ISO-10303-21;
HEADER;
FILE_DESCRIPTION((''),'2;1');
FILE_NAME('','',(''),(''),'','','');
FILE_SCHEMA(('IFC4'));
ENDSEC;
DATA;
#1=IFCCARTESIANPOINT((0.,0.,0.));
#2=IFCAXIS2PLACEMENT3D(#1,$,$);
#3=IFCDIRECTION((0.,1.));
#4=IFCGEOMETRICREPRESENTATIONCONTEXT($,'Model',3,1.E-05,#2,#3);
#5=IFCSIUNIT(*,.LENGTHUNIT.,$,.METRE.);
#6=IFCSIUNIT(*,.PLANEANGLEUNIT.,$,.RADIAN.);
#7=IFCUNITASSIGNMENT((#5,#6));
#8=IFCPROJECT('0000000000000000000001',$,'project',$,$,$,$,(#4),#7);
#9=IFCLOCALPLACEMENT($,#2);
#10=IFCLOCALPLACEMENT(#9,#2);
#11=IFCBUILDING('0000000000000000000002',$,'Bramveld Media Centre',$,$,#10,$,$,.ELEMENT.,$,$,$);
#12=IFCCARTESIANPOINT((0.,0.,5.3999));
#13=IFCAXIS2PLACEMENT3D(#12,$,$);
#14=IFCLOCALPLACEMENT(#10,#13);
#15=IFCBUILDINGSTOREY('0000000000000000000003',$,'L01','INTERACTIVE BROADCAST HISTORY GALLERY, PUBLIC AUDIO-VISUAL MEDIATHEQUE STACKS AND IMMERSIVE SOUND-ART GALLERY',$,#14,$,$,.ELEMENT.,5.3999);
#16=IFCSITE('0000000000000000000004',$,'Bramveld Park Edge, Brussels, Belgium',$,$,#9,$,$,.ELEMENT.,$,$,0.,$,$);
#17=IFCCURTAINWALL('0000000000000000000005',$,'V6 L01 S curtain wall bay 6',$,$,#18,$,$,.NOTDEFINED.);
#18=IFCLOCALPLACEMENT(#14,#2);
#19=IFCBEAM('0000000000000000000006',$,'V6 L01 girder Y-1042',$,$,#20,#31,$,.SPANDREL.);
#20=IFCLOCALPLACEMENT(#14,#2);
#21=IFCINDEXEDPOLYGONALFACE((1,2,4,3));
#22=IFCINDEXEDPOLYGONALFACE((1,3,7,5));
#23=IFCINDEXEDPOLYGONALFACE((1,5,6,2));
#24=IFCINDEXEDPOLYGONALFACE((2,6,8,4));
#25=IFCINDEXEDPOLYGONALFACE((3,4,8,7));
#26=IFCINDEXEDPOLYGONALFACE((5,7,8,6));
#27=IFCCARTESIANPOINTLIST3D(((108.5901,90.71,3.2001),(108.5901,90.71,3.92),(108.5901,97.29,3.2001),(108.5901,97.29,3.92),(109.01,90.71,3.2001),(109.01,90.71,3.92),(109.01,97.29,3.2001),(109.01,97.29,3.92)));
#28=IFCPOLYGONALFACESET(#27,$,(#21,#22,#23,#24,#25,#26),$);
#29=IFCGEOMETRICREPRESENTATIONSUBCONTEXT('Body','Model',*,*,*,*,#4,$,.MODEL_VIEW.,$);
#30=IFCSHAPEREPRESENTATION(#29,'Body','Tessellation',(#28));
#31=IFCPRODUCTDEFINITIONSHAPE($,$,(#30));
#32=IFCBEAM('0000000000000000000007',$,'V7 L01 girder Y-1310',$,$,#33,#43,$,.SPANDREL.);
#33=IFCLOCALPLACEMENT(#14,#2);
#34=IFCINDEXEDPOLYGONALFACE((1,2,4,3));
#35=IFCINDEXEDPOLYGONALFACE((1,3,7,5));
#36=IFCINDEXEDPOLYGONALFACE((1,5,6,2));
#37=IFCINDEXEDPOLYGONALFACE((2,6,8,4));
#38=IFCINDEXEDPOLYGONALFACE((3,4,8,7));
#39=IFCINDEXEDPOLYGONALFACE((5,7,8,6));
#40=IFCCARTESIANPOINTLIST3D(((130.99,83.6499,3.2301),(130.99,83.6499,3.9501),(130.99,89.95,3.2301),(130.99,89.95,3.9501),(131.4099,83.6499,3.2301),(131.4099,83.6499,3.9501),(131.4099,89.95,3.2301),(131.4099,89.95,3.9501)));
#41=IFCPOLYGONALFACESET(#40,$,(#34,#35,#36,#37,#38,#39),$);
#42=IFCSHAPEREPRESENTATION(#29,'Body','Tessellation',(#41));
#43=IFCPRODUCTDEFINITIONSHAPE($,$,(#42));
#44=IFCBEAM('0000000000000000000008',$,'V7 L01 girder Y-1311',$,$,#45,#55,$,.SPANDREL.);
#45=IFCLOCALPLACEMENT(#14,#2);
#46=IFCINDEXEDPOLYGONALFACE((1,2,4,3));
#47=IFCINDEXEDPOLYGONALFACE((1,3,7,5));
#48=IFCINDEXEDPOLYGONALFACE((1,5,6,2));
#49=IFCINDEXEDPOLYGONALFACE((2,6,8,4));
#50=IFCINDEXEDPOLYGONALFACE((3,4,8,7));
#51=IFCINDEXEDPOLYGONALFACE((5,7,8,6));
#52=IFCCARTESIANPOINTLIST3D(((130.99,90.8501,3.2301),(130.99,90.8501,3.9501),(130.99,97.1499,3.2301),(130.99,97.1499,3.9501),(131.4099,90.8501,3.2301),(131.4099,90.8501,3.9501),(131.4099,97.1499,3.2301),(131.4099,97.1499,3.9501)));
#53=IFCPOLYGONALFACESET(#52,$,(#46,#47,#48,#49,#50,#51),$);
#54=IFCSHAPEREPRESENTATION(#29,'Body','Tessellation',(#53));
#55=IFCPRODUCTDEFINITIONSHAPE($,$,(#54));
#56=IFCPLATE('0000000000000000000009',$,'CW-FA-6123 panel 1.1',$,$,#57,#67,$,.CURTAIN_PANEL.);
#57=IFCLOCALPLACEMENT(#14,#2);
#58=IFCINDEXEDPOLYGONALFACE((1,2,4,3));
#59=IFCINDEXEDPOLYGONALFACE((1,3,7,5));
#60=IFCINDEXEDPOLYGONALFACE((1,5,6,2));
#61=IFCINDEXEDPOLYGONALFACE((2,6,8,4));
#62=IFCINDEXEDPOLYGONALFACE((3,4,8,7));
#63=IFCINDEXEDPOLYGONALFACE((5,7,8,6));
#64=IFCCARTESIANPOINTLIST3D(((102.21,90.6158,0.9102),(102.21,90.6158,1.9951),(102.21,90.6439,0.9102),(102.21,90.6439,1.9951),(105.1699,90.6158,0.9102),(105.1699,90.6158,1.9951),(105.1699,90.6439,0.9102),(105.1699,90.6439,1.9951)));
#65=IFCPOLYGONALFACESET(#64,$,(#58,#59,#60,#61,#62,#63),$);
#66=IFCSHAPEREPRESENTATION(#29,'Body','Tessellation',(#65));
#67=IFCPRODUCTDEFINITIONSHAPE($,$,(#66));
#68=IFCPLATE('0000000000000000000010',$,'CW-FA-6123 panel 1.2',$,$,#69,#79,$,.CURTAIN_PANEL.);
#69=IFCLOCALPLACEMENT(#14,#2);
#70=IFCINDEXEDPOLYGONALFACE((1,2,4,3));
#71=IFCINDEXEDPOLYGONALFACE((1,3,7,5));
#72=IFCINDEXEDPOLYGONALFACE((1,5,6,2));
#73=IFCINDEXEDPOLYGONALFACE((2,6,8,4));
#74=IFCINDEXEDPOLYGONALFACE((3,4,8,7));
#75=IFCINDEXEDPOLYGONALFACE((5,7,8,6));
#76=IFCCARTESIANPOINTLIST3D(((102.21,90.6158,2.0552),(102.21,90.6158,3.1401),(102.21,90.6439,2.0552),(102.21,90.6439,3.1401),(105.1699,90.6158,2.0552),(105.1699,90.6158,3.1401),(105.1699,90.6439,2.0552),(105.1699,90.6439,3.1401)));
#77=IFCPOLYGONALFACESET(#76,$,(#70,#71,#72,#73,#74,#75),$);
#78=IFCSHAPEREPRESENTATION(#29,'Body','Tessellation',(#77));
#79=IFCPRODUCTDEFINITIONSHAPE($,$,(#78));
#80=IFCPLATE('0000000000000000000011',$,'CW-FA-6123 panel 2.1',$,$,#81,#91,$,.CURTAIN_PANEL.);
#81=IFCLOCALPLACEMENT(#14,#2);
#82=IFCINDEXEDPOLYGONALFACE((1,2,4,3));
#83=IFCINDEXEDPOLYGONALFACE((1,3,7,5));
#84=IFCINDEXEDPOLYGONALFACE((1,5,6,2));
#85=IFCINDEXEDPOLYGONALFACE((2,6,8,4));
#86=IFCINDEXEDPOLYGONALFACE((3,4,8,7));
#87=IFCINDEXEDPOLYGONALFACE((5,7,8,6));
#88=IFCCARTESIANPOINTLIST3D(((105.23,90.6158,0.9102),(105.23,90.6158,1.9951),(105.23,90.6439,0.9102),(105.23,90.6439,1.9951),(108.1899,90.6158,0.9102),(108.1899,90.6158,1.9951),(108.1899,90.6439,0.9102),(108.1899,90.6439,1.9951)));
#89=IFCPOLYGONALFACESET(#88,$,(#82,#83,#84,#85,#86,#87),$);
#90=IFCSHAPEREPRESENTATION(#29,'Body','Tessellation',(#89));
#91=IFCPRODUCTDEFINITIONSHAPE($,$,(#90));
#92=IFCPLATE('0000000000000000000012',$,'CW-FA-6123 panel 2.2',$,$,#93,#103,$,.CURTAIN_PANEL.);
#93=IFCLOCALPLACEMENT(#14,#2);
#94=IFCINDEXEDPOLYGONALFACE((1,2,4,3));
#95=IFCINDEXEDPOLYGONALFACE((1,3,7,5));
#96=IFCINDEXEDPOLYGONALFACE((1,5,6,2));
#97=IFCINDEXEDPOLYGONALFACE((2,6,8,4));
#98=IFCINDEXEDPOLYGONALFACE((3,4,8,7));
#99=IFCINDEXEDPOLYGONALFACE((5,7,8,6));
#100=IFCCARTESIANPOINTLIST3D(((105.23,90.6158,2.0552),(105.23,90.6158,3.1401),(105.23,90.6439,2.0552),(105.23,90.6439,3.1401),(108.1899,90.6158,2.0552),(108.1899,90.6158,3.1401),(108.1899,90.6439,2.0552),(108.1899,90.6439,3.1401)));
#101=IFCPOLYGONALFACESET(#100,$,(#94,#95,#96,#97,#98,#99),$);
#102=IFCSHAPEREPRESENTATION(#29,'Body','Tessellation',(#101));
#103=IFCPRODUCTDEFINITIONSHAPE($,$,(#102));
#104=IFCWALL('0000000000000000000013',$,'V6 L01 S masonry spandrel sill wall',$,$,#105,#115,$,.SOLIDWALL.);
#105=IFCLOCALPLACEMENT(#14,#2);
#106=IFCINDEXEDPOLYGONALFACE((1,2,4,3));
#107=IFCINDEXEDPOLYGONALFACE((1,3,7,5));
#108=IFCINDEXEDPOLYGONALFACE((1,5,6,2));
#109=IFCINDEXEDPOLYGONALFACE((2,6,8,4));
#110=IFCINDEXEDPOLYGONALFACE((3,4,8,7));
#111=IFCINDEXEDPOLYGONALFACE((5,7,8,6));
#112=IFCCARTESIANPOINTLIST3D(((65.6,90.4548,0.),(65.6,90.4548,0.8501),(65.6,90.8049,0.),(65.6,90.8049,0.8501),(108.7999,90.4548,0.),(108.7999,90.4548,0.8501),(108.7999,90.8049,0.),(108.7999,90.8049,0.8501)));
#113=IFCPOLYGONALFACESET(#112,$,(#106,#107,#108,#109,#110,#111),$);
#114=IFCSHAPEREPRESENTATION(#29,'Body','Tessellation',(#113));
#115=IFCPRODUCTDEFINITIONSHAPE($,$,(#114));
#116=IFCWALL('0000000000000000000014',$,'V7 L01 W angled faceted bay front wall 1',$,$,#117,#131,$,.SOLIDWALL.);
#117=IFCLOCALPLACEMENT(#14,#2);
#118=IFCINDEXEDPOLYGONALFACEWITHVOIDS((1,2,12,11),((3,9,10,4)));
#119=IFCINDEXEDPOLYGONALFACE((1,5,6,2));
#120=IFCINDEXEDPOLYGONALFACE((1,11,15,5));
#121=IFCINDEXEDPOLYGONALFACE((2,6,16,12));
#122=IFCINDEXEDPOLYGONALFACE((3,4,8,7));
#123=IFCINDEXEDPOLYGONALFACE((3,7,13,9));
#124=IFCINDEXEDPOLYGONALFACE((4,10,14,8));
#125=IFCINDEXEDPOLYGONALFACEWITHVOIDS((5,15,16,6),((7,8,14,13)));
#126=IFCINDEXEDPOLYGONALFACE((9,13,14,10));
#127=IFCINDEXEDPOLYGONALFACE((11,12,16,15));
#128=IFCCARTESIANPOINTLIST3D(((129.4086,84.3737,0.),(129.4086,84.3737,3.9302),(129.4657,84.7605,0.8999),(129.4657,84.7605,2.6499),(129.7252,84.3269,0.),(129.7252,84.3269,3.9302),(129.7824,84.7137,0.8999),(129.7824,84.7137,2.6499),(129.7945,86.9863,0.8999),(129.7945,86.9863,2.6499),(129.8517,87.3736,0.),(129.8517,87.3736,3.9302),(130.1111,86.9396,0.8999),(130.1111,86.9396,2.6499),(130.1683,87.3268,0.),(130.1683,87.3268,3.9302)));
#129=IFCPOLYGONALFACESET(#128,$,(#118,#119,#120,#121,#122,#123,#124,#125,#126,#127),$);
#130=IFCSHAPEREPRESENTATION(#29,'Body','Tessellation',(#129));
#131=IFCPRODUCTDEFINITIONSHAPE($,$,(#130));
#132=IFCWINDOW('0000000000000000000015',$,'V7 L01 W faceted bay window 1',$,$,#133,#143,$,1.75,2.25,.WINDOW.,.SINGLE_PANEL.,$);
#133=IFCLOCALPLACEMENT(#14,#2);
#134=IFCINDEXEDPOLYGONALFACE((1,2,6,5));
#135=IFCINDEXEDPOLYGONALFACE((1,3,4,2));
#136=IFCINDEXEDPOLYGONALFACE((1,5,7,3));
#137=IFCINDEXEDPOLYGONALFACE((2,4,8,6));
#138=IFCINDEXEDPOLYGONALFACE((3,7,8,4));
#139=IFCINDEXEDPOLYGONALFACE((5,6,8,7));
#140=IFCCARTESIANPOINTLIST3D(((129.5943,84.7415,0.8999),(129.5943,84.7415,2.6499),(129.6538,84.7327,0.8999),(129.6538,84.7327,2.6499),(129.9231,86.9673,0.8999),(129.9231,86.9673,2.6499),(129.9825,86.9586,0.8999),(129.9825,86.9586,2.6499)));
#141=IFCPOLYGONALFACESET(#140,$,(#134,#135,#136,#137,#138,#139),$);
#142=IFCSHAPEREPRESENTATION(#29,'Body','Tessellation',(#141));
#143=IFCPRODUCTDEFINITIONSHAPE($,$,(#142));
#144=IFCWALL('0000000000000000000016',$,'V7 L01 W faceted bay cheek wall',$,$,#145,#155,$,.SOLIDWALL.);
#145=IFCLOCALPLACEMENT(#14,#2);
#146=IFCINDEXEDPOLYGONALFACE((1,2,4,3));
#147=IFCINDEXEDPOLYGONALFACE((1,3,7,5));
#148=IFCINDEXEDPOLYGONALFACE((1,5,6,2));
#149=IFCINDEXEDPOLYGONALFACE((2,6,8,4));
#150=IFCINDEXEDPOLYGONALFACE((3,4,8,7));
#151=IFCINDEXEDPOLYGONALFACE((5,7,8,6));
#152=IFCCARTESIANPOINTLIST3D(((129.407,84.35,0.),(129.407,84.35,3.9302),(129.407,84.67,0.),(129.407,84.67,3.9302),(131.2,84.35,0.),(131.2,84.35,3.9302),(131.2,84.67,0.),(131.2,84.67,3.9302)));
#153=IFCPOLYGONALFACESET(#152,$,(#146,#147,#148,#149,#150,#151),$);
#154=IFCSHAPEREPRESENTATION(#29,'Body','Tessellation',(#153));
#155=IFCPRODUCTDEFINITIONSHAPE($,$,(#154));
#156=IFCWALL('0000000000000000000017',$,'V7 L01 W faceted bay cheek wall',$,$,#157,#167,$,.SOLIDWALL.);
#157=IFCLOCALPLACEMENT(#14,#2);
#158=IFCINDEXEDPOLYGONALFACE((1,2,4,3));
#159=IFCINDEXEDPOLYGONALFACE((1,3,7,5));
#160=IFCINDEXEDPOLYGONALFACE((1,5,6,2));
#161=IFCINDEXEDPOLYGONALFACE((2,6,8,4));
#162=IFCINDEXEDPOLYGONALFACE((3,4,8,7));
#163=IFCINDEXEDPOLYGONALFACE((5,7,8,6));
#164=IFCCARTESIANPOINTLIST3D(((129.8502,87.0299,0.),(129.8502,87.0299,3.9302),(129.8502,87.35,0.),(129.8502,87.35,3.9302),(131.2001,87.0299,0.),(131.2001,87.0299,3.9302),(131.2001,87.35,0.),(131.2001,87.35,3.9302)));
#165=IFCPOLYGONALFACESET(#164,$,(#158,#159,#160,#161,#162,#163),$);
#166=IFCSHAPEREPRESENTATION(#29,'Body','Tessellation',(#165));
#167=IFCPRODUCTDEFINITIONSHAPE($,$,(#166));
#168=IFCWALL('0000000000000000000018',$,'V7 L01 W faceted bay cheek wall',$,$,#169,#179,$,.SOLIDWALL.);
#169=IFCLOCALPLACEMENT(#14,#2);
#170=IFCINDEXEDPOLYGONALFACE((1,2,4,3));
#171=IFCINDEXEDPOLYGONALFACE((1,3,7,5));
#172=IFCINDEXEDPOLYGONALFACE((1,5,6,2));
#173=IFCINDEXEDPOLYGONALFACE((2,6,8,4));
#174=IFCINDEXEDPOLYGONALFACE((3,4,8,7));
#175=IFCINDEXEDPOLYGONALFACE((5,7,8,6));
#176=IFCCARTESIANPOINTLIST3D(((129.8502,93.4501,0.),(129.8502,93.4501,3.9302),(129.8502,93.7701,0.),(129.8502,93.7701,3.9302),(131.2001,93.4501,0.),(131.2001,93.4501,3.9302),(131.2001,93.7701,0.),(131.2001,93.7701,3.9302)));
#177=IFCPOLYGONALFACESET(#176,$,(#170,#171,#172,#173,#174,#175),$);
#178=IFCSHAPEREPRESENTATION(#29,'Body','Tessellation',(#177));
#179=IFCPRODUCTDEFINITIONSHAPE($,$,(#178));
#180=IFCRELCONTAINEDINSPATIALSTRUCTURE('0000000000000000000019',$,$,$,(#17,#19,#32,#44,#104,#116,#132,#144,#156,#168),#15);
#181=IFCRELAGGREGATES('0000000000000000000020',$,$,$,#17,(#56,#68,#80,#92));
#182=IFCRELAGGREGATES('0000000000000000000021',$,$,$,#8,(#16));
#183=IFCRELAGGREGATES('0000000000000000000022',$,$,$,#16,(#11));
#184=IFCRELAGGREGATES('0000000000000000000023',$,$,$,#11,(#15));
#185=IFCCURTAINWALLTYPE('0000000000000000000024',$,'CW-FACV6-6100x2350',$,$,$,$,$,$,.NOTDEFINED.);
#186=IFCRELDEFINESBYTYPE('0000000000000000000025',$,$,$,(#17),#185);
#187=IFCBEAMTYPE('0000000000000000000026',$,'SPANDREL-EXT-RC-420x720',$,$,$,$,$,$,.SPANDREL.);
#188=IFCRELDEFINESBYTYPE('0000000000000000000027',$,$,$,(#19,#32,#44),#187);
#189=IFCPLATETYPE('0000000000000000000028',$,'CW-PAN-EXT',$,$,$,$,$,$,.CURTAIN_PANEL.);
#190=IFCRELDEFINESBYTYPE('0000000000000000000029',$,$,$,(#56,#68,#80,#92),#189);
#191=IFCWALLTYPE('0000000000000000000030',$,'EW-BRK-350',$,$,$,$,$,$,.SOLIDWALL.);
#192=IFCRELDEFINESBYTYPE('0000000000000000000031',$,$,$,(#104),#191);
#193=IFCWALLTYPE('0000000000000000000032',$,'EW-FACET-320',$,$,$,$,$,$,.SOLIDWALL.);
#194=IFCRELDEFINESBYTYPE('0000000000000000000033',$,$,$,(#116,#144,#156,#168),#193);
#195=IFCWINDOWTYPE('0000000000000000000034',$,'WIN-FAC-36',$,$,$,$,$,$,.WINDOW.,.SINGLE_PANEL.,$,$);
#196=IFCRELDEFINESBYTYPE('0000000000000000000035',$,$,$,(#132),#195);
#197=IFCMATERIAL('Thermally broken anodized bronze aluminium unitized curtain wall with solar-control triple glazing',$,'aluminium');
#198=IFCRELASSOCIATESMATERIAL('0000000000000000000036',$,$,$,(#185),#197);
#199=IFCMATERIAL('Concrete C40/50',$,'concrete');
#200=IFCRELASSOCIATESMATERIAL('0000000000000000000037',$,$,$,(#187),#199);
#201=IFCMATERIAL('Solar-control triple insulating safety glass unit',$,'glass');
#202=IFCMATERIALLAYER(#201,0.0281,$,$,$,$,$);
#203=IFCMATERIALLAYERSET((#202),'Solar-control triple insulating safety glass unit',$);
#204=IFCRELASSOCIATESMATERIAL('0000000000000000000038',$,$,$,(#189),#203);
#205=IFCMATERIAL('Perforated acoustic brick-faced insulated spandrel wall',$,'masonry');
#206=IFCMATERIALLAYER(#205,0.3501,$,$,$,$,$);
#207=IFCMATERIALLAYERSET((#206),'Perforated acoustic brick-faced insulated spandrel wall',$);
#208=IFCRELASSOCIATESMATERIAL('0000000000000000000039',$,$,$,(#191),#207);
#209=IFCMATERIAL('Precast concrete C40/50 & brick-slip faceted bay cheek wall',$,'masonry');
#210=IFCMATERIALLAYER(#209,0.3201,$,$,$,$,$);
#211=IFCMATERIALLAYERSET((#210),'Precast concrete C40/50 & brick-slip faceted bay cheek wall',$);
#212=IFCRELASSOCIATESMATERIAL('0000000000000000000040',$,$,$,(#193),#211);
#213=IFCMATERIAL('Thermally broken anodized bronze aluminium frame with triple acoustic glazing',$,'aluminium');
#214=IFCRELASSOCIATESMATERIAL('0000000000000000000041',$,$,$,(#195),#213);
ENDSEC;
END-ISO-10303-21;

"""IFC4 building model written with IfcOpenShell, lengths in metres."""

from ifc_helpers import new_model, si_unit, direction, frame, frame_2d, origin, origin_2d, place, context, subcontext, project, spatial, rectangle, extrude, material, layer, layer_set, material_profile, profile_set, type_object, element, fill, aggregate, save


model = new_model("IFC4")

# Units and contexts
model_context = context("Model", 3, precision=1e-05, world=origin(), true_north=direction((0.0, 1.0)))
body_context = subcontext(model_context, "Body", "Model", "MODEL_VIEW")
ifc_project = project(units=[si_unit("LENGTHUNIT", "METRE"), si_unit("PLANEANGLEUNIT", "RADIAN")], contexts=[model_context])

# Site, building, storey
site_placement = place(None, origin())
site = spatial("IfcSite", under=ifc_project, at=site_placement, Name="Bramveld Park Edge, Brussels, Belgium", CompositionType="ELEMENT", RefElevation=0.0)
building_placement = place(site_placement, origin())
building = spatial("IfcBuilding", under=site, at=building_placement, Name="Bramveld Media Centre", CompositionType="ELEMENT")
storey_placement = place(building_placement, frame((0.0, 0.0, 5.3999)))
storey = spatial("IfcBuildingStorey", under=building, at=storey_placement, Name="L01", Description="INTERACTIVE BROADCAST HISTORY GALLERY, PUBLIC AUDIO-VISUAL MEDIATHEQUE STACKS AND IMMERSIVE SOUND-ART GALLERY", CompositionType="ELEMENT", Elevation=5.3999)

# Curtain wall
ifc_material_1 = material(Name="Thermally broken anodized bronze aluminium unitized curtain wall with solar-control triple glazing", Category="aluminium")
curtain_wall_type = type_object("IfcCurtainWallType", Name="CW-FACV6-6100x2350", PredefinedType="NOTDEFINED", material=ifc_material_1)
curtain_wall_placement = place(storey_placement, origin())
curtain_wall = element("IfcCurtainWall", 1, at=curtain_wall_placement, inside=storey, type_object=curtain_wall_type, Name="V6 L01 S curtain wall bay 6", PredefinedType="NOTDEFINED")

# Beams
ifc_material_2 = material(Name="Concrete C40/50", Category="concrete")
ifc_material_profile_1 = material_profile(ifc_material_2, rectangle(XDim=0.4199, YDim=0.72, at=origin_2d()), Name="RC 420x720")
ifc_profile_set_1 = profile_set([ifc_material_profile_1], Name="Concrete C40/50")
beam_type_1 = type_object("IfcBeamType", Name="SPANDREL-EXT-RC-420x720", PredefinedType="SPANDREL", material=ifc_profile_set_1)
beam_1_placement = place(storey_placement, frame((108.8, 90.71, 3.5601), z_axis=(0.0, 1.0, 0.0), x_axis=(-1.0, 0.0, 0.0)))
element("IfcBeam", 2, at=beam_1_placement, inside=storey, type_object=beam_type_1, Name="V6 L01 girder Y-1042", PredefinedType="SPANDREL", context=body_context, shape_type="SweptSolid", body=[
    extrude(rectangle(XDim=0.4199, YDim=0.72, at=origin_2d()), origin(), (0.0, 0.0, 1.0), 6.5801),
])
beam_2_placement = place(storey_placement, frame((131.2, 83.6499, 3.5901), z_axis=(0.0, 1.0, 0.0), x_axis=(-1.0, 0.0, 0.0)))
element("IfcBeam", 3, at=beam_2_placement, inside=storey, type_object=beam_type_1, Name="V7 L01 girder Y-1310", PredefinedType="SPANDREL", context=body_context, shape_type="SweptSolid", body=[
    extrude(rectangle(XDim=0.4199, YDim=0.72, at=origin_2d()), origin(), (0.0, 0.0, 1.0), 6.3),
])
beam_3_placement = place(storey_placement, frame((131.2, 90.8501, 3.5901), z_axis=(0.0, 1.0, 0.0), x_axis=(-1.0, 0.0, 0.0)))
element("IfcBeam", 4, at=beam_3_placement, inside=storey, type_object=beam_type_1, Name="V7 L01 girder Y-1311", PredefinedType="SPANDREL", context=body_context, shape_type="SweptSolid", body=[
    extrude(rectangle(XDim=0.4199, YDim=0.72, at=origin_2d()), origin(), (0.0, 0.0, 1.0), 6.2998),
])

# Plates
ifc_material_3 = material(Name="Solar-control triple insulating safety glass unit", Category="glass")
ifc_layer_1 = layer(ifc_material_3, 0.0281)
ifc_layer_set_1 = layer_set([ifc_layer_1], Name="Solar-control triple insulating safety glass unit")
plate_type = type_object("IfcPlateType", Name="CW-PAN-EXT", PredefinedType="CURTAIN_PANEL", material=ifc_layer_set_1)
plate_1_placement = place(storey_placement, frame((103.6899, 90.6299, 0.9102), z_axis=(0.0, 0.0, 1.0), x_axis=(1.0, 0.0, 0.0)))
plate_1 = element("IfcPlate", 5, at=plate_1_placement, type_object=plate_type, Name="CW-FA-6123 panel 1.1", PredefinedType="CURTAIN_PANEL", context=body_context, shape_type="SweptSolid", body=[
    extrude(rectangle(XDim=2.96, YDim=0.0281, at=origin_2d()), origin(), (0.0, 0.0, 1.0), 1.085),
])
plate_2_placement = place(storey_placement, frame((103.6899, 90.6299, 2.0552), z_axis=(0.0, 0.0, 1.0), x_axis=(1.0, 0.0, 0.0)))
plate_2 = element("IfcPlate", 6, at=plate_2_placement, type_object=plate_type, Name="CW-FA-6123 panel 1.2", PredefinedType="CURTAIN_PANEL", context=body_context, shape_type="SweptSolid", body=[
    extrude(rectangle(XDim=2.96, YDim=0.0281, at=origin_2d()), origin(), (0.0, 0.0, 1.0), 1.085),
])
plate_3_placement = place(storey_placement, frame((106.71, 90.6299, 0.9102), z_axis=(0.0, 0.0, 1.0), x_axis=(1.0, 0.0, 0.0)))
plate_3 = element("IfcPlate", 7, at=plate_3_placement, type_object=plate_type, Name="CW-FA-6123 panel 2.1", PredefinedType="CURTAIN_PANEL", context=body_context, shape_type="SweptSolid", body=[
    extrude(rectangle(XDim=2.96, YDim=0.0281, at=origin_2d()), origin(), (0.0, 0.0, 1.0), 1.085),
])
plate_4_placement = place(storey_placement, frame((106.71, 90.6299, 2.0552), z_axis=(0.0, 0.0, 1.0), x_axis=(1.0, 0.0, 0.0)))
plate_4 = element("IfcPlate", 8, at=plate_4_placement, type_object=plate_type, Name="CW-FA-6123 panel 2.2", PredefinedType="CURTAIN_PANEL", context=body_context, shape_type="SweptSolid", body=[
    extrude(rectangle(XDim=2.96, YDim=0.0281, at=origin_2d()), origin(), (0.0, 0.0, 1.0), 1.085),
])
aggregate(curtain_wall, [plate_1, plate_2, plate_3, plate_4])

# Wall
ifc_material_4 = material(Name="Perforated acoustic brick-faced insulated spandrel wall", Category="masonry")
ifc_layer_2 = layer(ifc_material_4, 0.3501)
ifc_layer_set_2 = layer_set([ifc_layer_2], Name="Perforated acoustic brick-faced insulated spandrel wall")
wall_type_1 = type_object("IfcWallType", Name="EW-BRK-350", PredefinedType="SOLIDWALL", material=ifc_layer_set_2)
wall_1_placement = place(storey_placement, frame((108.8, 90.6299, 0.0), z_axis=(0.0, 0.0, 1.0), x_axis=(-1.0, 0.0, 0.0)))
element("IfcWall", 9, at=wall_1_placement, inside=storey, type_object=wall_type_1, Name="V6 L01 S masonry spandrel sill wall", PredefinedType="SOLIDWALL", context=body_context, shape_type="SweptSolid", body=[
    extrude(rectangle(XDim=43.2, YDim=0.3501, at=frame_2d((21.6001, 0.0))), origin(), (0.0, 0.0, 1.0), 0.8501),
])

# Wall, opening, window
ifc_material_5 = material(Name="Precast concrete C40/50 & brick-slip faceted bay cheek wall", Category="masonry")
ifc_layer_3 = layer(ifc_material_5, 0.3201)
ifc_layer_set_3 = layer_set([ifc_layer_3], Name="Precast concrete C40/50 & brick-slip faceted bay cheek wall")
wall_type_2 = type_object("IfcWallType", Name="EW-FACET-320", PredefinedType="SOLIDWALL", material=ifc_layer_set_3)
wall_2_placement = place(storey_placement, frame((130.01, 87.3501, 0.0), z_axis=(0.0, 0.0, 1.0), x_axis=(-0.14612, -0.989267, 0.0)))
wall_2 = element("IfcWall", 10, at=wall_2_placement, inside=storey, type_object=wall_type_2, Name="V7 L01 W angled faceted bay front wall 1", PredefinedType="SOLIDWALL", context=body_context, shape_type="SweptSolid", body=[
    extrude(rectangle(XDim=3.0325, YDim=0.3201, at=frame_2d((1.5161, 0.0))), origin(), (0.0, 0.0, 1.0), 3.9302),
])
opening_placement = place(wall_2_placement, frame((0.3914, 0.0, 0.8999)))
opening = element("IfcOpeningElement", 11, at=opening_placement, cuts=wall_2, PredefinedType="OPENING", context=body_context, shape_type="SweptSolid", body=[
    extrude(rectangle(XDim=2.25, YDim=1.75, at=frame_2d((1.125, 0.875))), frame((0.0, 0.1719, 0.0), z_axis=(0.0, -1.0, 0.0), x_axis=(1.0, 0.0, 0.0)), (0.0, 0.0, 1.0), 0.344),
])
ifc_material_6 = material(Name="Thermally broken anodized bronze aluminium frame with triple acoustic glazing", Category="aluminium")
window_type = type_object("IfcWindowType", Name="WIN-FAC-36", PartitioningType="SINGLE_PANEL", PredefinedType="WINDOW", material=ifc_material_6)
window_placement = place(opening_placement, origin())
window = element("IfcWindow", 12, at=window_placement, inside=storey, type_object=window_type, Name="V7 L01 W faceted bay window 1", OverallHeight=1.75, OverallWidth=2.25, PartitioningType="SINGLE_PANEL", PredefinedType="WINDOW", context=body_context, shape_type="SweptSolid", body=[
    extrude(rectangle(XDim=2.25, YDim=1.75, at=frame_2d((1.125, 0.875))), frame((0.0, 0.03, 0.0), z_axis=(0.0, -1.0, 0.0), x_axis=(1.0, 0.0, 0.0)), (0.0, 0.0, 1.0), 0.0601),
])
fill(opening, window)

# Walls
wall_3_placement = place(storey_placement, frame((131.2, 84.51, 0.0), z_axis=(0.0, 0.0, 1.0), x_axis=(-1.0, 0.0, 0.0)))
element("IfcWall", 13, at=wall_3_placement, inside=storey, type_object=wall_type_2, Name="V7 L01 W faceted bay cheek wall", PredefinedType="SOLIDWALL", context=body_context, shape_type="SweptSolid", body=[
    extrude(rectangle(XDim=1.793, YDim=0.3201, at=frame_2d((0.8965, 0.0))), origin(), (0.0, 0.0, 1.0), 3.9302),
])
for number, where, z_axis, x_axis, name in (
    (14, (131.2, 87.1899, 0.0), (0.0, 0.0, 1.0), (-1.0, 0.0, 0.0), "V7 L01 W faceted bay cheek wall"),
    (15, (131.2, 93.6101, 0.0), (0.0, 0.0, 1.0), (-1.0, 0.0, 0.0), "V7 L01 W faceted bay cheek wall"),
):
    element("IfcWall", number, at=place(storey_placement, frame(where, z_axis=z_axis, x_axis=x_axis)), inside=storey, type_object=wall_type_2, Name=name, PredefinedType="SOLIDWALL", context=body_context, shape_type="SweptSolid", body=[
        extrude(rectangle(XDim=1.3499, YDim=0.3201, at=frame_2d((0.6748, 0.0))), origin(), (0.0, 0.0, 1.0), 3.9302),
    ])

save(model, "model.ifc")
